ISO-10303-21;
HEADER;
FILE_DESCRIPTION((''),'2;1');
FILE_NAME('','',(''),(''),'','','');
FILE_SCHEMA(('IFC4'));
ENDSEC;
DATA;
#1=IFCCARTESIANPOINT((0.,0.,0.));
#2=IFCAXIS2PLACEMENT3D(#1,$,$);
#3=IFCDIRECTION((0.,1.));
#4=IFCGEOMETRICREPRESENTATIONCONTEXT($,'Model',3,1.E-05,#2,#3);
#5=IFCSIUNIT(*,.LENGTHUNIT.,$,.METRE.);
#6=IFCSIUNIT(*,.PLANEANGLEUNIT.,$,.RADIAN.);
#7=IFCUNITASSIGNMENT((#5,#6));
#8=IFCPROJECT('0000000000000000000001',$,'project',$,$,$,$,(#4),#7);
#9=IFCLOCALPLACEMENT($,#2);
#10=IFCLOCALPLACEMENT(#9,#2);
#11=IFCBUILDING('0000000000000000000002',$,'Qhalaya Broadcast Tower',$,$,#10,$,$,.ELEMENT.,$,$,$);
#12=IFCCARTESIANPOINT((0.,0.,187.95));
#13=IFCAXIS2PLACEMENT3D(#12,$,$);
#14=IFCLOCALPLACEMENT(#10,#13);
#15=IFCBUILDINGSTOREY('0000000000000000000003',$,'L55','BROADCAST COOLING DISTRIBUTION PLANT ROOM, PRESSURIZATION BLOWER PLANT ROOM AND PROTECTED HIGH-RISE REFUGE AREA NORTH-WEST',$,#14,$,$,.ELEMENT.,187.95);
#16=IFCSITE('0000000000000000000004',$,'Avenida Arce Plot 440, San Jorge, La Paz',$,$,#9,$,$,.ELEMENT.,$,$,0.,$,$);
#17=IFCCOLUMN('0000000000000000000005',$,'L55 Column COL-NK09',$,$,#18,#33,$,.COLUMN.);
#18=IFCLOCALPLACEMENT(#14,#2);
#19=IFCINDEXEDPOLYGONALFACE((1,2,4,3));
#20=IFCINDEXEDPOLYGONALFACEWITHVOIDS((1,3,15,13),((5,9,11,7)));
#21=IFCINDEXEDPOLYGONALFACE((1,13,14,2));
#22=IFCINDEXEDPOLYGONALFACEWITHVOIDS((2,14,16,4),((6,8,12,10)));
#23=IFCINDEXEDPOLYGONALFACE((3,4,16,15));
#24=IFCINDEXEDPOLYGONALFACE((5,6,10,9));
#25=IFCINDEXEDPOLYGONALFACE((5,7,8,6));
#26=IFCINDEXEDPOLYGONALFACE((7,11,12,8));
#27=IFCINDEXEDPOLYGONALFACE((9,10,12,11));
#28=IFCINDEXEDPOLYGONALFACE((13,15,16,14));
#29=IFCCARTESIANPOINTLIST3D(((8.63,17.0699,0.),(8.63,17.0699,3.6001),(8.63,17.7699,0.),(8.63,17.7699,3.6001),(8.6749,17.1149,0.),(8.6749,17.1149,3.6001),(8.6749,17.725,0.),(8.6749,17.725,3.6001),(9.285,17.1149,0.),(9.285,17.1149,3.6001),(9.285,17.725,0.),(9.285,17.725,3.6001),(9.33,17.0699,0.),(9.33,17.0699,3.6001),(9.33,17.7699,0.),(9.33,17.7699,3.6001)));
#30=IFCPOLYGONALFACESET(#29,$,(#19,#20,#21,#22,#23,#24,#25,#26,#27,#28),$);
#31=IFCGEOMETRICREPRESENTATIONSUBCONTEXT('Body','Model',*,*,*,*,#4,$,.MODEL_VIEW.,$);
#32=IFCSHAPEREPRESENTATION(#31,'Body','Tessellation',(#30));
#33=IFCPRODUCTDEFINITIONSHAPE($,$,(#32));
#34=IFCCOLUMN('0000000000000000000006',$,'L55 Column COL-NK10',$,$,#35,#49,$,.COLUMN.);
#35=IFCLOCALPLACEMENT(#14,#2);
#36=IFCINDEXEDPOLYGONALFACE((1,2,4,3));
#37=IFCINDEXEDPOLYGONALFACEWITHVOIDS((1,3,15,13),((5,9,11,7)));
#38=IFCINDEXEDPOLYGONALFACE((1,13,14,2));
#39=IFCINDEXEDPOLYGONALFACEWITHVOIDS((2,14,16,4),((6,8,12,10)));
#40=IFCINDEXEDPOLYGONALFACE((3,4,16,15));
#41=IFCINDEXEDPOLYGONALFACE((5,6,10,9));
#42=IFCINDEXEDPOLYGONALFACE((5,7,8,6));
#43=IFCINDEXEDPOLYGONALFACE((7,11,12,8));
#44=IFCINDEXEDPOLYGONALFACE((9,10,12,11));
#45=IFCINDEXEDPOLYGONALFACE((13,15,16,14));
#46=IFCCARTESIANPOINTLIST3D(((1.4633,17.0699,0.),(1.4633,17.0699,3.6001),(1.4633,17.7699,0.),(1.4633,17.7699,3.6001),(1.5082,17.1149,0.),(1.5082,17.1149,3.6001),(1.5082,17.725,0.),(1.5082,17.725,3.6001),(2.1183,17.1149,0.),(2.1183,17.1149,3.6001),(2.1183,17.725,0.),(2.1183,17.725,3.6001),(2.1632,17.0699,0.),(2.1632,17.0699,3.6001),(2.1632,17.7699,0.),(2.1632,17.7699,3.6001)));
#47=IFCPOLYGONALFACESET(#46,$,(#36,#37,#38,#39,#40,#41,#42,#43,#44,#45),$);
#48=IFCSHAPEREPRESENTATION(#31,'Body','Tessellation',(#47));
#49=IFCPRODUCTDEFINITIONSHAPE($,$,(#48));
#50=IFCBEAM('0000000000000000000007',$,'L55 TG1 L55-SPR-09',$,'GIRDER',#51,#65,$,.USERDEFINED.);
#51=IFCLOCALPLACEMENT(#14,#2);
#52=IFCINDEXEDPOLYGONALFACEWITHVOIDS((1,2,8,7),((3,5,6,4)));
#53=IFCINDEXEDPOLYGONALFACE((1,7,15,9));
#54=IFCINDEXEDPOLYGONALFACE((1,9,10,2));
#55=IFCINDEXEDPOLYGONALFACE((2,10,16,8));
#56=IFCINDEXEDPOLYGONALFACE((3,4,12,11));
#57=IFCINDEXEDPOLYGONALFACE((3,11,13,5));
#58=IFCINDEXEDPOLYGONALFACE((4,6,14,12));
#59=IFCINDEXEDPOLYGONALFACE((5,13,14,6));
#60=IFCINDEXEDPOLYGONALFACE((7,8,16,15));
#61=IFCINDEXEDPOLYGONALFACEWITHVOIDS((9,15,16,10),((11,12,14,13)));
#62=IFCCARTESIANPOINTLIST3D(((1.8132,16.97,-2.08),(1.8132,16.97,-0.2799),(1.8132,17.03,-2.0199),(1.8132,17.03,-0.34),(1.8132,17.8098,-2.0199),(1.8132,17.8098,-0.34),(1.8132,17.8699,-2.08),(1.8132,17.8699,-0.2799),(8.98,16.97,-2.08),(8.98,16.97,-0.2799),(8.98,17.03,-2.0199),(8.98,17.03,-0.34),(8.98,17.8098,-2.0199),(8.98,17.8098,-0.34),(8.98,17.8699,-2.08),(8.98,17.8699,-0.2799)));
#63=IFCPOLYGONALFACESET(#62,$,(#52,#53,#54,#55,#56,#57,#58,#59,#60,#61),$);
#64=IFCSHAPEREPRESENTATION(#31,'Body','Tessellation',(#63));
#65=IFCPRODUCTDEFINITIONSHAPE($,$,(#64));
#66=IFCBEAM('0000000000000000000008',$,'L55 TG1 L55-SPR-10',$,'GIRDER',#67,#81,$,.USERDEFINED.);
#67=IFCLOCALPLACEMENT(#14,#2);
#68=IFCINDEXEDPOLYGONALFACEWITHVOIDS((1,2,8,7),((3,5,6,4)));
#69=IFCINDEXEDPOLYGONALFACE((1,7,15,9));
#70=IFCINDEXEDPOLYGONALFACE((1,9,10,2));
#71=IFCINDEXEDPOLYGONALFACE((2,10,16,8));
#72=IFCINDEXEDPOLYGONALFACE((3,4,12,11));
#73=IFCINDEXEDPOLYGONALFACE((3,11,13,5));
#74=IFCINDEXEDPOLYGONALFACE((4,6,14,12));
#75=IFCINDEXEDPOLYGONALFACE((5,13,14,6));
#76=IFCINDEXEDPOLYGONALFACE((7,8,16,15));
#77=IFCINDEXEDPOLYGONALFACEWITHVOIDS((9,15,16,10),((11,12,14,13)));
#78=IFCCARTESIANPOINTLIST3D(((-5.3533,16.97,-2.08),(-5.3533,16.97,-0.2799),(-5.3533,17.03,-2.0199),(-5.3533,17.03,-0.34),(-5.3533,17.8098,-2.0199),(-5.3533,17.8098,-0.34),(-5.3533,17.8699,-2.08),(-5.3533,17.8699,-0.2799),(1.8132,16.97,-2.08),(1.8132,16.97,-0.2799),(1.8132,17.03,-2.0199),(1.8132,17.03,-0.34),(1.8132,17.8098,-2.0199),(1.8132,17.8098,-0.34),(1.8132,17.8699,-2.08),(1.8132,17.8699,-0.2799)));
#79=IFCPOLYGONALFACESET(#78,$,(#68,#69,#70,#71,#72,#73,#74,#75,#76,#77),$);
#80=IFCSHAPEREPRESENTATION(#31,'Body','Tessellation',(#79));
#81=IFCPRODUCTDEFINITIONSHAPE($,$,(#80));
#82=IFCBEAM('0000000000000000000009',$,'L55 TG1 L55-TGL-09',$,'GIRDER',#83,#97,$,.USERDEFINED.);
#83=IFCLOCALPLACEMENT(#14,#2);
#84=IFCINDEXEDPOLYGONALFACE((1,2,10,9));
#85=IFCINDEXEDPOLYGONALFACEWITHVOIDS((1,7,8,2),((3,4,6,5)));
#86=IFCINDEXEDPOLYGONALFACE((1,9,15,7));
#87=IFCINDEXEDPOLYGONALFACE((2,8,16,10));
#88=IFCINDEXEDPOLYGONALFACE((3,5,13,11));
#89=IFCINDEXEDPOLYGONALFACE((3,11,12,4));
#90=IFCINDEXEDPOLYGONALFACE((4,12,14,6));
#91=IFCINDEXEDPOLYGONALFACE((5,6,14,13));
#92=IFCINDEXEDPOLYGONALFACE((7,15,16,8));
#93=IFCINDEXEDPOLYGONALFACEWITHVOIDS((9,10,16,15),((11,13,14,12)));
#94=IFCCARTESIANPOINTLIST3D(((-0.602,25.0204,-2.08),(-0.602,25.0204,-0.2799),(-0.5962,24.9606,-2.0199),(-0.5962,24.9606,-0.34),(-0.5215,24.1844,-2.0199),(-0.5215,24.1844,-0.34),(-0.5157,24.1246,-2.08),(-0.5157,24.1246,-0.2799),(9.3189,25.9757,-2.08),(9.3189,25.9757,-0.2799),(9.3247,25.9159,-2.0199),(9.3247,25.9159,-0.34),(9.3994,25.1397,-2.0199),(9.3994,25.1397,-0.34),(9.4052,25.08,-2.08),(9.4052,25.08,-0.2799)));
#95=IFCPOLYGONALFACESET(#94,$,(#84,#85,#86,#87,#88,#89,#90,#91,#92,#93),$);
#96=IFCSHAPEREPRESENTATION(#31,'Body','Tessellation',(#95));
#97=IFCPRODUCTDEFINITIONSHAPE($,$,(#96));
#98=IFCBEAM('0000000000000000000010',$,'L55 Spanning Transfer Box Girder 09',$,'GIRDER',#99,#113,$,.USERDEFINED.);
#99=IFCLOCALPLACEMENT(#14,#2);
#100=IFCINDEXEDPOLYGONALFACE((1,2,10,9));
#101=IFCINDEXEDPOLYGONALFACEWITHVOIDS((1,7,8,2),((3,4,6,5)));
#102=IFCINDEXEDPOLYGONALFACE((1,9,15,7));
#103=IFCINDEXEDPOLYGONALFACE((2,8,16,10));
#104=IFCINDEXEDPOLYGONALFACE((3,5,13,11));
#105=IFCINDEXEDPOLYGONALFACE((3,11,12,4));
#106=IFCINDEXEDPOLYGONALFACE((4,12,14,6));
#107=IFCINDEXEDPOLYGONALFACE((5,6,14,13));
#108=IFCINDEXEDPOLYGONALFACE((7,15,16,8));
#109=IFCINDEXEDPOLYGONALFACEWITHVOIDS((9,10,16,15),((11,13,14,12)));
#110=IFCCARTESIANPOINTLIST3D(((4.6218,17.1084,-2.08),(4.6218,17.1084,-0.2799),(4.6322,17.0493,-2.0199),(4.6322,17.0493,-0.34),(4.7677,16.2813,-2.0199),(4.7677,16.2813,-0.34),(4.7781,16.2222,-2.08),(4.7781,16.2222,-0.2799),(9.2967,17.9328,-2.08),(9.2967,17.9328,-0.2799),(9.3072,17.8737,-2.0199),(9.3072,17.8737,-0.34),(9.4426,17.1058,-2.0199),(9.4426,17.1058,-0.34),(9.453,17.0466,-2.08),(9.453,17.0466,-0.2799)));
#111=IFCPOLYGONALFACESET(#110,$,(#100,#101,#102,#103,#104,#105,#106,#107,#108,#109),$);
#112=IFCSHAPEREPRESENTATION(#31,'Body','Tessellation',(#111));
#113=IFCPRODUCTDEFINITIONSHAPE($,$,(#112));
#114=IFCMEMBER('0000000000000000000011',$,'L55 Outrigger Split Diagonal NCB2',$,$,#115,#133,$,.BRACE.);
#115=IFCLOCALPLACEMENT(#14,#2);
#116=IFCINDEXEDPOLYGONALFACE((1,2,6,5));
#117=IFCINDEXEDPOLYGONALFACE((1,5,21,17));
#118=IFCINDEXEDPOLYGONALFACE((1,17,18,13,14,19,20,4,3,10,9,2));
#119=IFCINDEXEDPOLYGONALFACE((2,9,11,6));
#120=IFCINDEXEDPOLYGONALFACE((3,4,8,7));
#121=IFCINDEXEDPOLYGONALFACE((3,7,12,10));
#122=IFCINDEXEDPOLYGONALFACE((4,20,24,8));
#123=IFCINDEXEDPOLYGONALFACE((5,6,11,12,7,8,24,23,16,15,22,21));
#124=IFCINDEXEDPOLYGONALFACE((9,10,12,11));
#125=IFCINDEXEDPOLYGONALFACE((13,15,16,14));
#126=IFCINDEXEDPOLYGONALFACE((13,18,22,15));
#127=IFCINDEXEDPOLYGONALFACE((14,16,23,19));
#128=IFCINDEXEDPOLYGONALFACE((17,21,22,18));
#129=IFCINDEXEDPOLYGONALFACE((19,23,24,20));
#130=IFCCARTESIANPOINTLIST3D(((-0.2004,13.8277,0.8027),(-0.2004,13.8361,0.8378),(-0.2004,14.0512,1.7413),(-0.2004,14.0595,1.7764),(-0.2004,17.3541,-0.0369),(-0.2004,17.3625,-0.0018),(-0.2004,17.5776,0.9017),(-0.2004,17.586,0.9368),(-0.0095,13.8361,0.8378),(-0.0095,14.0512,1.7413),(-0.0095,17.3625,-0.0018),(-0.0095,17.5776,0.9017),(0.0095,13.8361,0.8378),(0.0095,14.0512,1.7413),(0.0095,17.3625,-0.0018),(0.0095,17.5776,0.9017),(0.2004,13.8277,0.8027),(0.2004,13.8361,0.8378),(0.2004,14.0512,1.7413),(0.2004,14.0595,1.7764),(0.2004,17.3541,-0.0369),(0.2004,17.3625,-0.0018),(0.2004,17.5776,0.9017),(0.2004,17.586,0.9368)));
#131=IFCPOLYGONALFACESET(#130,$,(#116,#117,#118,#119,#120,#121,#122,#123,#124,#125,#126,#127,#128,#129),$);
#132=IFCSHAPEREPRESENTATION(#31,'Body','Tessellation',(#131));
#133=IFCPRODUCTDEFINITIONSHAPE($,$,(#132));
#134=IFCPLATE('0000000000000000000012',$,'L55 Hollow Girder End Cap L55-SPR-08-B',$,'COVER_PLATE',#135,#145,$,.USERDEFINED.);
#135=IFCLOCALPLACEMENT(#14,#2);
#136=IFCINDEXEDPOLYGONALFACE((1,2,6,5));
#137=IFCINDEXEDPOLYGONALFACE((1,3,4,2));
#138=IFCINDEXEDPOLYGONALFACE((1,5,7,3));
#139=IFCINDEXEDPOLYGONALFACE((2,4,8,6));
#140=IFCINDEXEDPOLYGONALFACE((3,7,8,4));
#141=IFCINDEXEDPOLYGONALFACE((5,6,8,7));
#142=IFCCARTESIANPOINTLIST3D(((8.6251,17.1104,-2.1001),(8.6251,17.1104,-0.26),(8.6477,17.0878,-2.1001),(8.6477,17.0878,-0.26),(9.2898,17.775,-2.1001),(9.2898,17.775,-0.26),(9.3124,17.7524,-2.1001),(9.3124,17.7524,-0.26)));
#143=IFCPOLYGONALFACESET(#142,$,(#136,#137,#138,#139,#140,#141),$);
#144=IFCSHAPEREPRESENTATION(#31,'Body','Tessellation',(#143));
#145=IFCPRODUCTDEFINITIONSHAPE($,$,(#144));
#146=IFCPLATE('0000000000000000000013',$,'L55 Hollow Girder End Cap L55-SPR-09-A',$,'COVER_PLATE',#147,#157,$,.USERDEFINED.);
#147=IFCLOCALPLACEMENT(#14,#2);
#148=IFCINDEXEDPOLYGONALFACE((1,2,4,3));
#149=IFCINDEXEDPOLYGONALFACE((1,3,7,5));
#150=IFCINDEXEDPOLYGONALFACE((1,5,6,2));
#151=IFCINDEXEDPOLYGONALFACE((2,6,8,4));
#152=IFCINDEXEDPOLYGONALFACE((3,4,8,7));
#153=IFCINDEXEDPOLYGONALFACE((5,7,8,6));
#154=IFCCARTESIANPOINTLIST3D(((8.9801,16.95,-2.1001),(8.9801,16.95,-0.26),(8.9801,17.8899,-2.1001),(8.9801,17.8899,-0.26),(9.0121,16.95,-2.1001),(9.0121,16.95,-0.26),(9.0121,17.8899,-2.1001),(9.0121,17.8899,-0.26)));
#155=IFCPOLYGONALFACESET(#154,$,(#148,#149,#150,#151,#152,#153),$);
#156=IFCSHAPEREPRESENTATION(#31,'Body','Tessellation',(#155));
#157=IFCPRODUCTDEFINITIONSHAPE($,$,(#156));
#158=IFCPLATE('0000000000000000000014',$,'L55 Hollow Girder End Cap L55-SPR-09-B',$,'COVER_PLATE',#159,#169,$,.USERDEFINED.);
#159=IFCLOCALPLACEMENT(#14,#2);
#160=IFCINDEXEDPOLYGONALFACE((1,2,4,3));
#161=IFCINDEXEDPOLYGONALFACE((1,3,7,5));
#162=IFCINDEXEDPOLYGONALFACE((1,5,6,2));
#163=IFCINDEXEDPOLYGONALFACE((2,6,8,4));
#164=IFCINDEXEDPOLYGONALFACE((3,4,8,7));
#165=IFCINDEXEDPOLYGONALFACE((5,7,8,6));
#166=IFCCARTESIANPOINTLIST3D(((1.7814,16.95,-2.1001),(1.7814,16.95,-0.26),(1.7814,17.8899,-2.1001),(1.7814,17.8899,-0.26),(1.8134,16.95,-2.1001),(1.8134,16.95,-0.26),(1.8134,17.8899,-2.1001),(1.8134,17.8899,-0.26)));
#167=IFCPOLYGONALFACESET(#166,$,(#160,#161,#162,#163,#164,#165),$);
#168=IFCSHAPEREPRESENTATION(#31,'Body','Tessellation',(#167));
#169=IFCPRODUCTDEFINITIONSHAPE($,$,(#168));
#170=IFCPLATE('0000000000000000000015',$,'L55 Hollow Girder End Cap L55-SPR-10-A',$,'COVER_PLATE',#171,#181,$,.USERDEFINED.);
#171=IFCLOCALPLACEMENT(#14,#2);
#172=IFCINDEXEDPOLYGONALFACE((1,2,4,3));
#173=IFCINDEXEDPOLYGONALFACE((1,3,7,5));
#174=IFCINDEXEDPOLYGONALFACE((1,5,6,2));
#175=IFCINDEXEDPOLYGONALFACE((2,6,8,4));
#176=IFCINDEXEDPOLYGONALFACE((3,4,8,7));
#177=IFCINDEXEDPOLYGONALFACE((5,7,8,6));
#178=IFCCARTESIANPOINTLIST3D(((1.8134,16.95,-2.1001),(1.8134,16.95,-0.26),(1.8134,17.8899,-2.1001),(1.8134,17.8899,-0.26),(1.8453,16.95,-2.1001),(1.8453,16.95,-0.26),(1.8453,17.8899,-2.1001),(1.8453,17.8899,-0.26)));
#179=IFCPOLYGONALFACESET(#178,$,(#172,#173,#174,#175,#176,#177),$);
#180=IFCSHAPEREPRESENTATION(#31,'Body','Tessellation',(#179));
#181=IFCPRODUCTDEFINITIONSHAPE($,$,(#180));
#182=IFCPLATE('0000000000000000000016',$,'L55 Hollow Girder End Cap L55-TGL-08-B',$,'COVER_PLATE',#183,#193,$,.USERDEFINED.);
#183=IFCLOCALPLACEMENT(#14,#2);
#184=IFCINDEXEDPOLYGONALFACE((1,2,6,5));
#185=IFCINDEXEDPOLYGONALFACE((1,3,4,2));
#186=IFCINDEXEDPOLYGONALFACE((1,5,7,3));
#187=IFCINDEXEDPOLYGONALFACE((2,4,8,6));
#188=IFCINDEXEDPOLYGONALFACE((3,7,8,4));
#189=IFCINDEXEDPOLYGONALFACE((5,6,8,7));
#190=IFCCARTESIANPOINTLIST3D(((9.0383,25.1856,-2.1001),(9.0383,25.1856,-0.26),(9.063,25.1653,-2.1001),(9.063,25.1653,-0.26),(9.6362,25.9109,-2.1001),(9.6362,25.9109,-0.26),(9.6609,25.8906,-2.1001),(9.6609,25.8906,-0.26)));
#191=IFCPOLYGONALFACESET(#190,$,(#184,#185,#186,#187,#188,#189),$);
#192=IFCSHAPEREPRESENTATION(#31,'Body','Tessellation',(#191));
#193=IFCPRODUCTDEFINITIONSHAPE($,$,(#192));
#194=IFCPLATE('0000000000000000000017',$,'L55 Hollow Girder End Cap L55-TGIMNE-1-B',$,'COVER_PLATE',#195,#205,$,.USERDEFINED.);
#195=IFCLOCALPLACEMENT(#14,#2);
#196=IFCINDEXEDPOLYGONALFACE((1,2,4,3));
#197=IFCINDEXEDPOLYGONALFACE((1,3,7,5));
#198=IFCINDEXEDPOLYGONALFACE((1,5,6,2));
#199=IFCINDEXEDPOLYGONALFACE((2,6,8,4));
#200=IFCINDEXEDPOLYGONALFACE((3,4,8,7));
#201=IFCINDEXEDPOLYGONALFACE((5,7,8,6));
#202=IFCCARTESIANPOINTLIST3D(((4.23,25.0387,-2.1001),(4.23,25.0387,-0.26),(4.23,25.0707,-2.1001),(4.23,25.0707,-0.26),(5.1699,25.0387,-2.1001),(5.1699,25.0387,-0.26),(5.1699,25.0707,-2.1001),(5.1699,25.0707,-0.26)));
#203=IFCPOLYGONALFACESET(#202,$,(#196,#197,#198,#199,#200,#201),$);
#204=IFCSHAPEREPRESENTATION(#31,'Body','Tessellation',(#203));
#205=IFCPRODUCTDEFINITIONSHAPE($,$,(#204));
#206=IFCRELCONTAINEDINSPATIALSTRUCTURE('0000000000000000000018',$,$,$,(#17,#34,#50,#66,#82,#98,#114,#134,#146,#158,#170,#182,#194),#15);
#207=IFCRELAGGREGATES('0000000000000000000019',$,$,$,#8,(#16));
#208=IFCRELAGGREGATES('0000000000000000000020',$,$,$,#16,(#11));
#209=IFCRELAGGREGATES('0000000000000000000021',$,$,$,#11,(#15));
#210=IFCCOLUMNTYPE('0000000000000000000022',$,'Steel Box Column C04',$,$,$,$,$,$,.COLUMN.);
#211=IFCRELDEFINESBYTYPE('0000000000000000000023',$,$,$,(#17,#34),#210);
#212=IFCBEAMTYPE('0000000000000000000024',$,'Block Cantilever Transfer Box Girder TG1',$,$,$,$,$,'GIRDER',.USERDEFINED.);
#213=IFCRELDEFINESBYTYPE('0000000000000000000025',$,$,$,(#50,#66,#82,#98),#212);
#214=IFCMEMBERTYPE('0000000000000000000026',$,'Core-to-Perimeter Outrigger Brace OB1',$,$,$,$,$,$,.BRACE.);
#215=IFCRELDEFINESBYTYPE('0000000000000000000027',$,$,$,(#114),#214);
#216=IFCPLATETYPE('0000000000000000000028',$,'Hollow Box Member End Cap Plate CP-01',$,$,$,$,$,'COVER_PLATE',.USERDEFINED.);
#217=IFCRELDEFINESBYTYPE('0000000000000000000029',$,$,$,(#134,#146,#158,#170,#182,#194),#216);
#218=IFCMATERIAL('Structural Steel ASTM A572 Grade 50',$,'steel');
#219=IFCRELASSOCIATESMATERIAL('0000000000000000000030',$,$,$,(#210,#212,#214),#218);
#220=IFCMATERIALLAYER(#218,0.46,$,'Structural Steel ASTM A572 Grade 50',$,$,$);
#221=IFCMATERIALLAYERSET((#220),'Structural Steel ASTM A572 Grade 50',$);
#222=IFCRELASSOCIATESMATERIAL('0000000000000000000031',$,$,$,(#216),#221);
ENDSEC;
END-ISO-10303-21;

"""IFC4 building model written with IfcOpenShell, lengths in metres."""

from ifc_helpers import new_model, si_unit, direction, frame, origin, origin_2d, place, context, subcontext, project, spatial, rectangle, hollow_rectangle, i_section, extrude, material, layer, layer_set, material_profile, profile_set, type_object, element, save


model = new_model("IFC4")

# Units and contexts
model_context = context("Model", 3, precision=1e-05, world=origin(), true_north=direction((0.0, 1.0)))
body_context = subcontext(model_context, "Body", "Model", "MODEL_VIEW")
ifc_project = project(units=[si_unit("LENGTHUNIT", "METRE"), si_unit("PLANEANGLEUNIT", "RADIAN")], contexts=[model_context])

# Site, building, storey
site_placement = place(None, origin())
site = spatial("IfcSite", under=ifc_project, at=site_placement, Name="Avenida Arce Plot 440, San Jorge, La Paz", CompositionType="ELEMENT", RefElevation=0.0)
building_placement = place(site_placement, origin())
building = spatial("IfcBuilding", under=site, at=building_placement, Name="Qhalaya Broadcast Tower", CompositionType="ELEMENT")
storey_placement = place(building_placement, frame((0.0, 0.0, 187.95)))
storey = spatial("IfcBuildingStorey", under=building, at=storey_placement, Name="L55", Description="BROADCAST COOLING DISTRIBUTION PLANT ROOM, PRESSURIZATION BLOWER PLANT ROOM AND PROTECTED HIGH-RISE REFUGE AREA NORTH-WEST", CompositionType="ELEMENT", Elevation=187.95)

# Columns
ifc_material_1 = material(Name="Structural Steel ASTM A572 Grade 50", Category="steel")
ifc_material_profile_1 = material_profile(ifc_material_1, hollow_rectangle(XDim=0.7, YDim=0.7, WallThickness=0.0449, at=origin_2d()), Name="BOX 700x700x45")
ifc_profile_set_1 = profile_set([ifc_material_profile_1], Name="Structural Steel ASTM A572 Grade 50")
column_type = type_object("IfcColumnType", Name="Steel Box Column C04", PredefinedType="COLUMN", material=ifc_profile_set_1)
for number, where, z_axis, x_axis, name in (
    (1, (8.98, 17.4199, 0.0), (0.0, 0.0, 1.0), (1.0, 0.0, 0.0), "L55 Column COL-NK09"),
    (2, (1.8132, 17.4199, 0.0), (0.0, 0.0, 1.0), (1.0, 0.0, 0.0), "L55 Column COL-NK10"),
):
    element("IfcColumn", number, at=place(storey_placement, frame(where, z_axis=z_axis, x_axis=x_axis)), inside=storey, type_object=column_type, Name=name, PredefinedType="COLUMN", context=body_context, shape_type="SweptSolid", body=[
        extrude(hollow_rectangle(XDim=0.7, YDim=0.7, WallThickness=0.0449, at=origin_2d()), origin(), (0.0, 0.0, 1.0), 3.6001),
    ])

# Beams
ifc_material_profile_2 = material_profile(ifc_material_1, hollow_rectangle(XDim=0.8999, YDim=1.8, WallThickness=0.0601, at=origin_2d()), Name="BOX 900x1800x60")
ifc_profile_set_2 = profile_set([ifc_material_profile_2], Name="Structural Steel ASTM A572 Grade 50")
beam_type = type_object("IfcBeamType", Name="Block Cantilever Transfer Box Girder TG1", ElementType="GIRDER", PredefinedType="USERDEFINED", material=ifc_profile_set_2)
beam_1_placement = place(storey_placement, frame((8.98, 17.4199, -1.1799), z_axis=(-1.0, 0.0, 0.0), x_axis=(0.0, -1.0, 0.0)))
element("IfcBeam", 3, at=beam_1_placement, inside=storey, type_object=beam_type, Name="L55 TG1 L55-SPR-09", ObjectType="GIRDER", PredefinedType="USERDEFINED", context=body_context, shape_type="SweptSolid", body=[
    extrude(hollow_rectangle(XDim=0.8999, YDim=1.8, WallThickness=0.0601, at=origin_2d()), origin(), (0.0, 0.0, 1.0), 7.1667),
])
beam_2_placement = place(storey_placement, frame((1.8132, 17.4199, -1.1799), z_axis=(-1.0, 0.0, 0.0), x_axis=(0.0, -1.0, 0.0)))
element("IfcBeam", 4, at=beam_2_placement, inside=storey, type_object=beam_type, Name="L55 TG1 L55-SPR-10", ObjectType="GIRDER", PredefinedType="USERDEFINED", context=body_context, shape_type="SweptSolid", body=[
    extrude(hollow_rectangle(XDim=0.8999, YDim=1.8, WallThickness=0.0601, at=origin_2d()), origin(), (0.0, 0.0, 1.0), 7.1665),
])
beam_3_placement = place(storey_placement, frame((9.3621, 25.5278, -1.1799), z_axis=(-0.995396, -0.095851, 0.0), x_axis=(0.095851, -0.995396, 0.0)))
element("IfcBeam", 5, at=beam_3_placement, inside=storey, type_object=beam_type, Name="L55 TG1 L55-TGL-09", ObjectType="GIRDER", PredefinedType="USERDEFINED", context=body_context, shape_type="SweptSolid", body=[
    extrude(hollow_rectangle(XDim=0.8999, YDim=1.8, WallThickness=0.0601, at=origin_2d()), origin(), (0.0, 0.0, 1.0), 9.9668),
])
beam_4_placement = place(storey_placement, frame((4.7, 16.6653, -1.1799), z_axis=(0.984803, 0.173674, 0.0), x_axis=(-0.173674, 0.984803, 0.0)))
element("IfcBeam", 6, at=beam_4_placement, inside=storey, type_object=beam_type, Name="L55 Spanning Transfer Box Girder 09", ObjectType="GIRDER", PredefinedType="USERDEFINED", context=body_context, shape_type="SweptSolid", body=[
    extrude(hollow_rectangle(XDim=0.8999, YDim=1.8, WallThickness=0.0601, at=origin_2d()), origin(), (0.0, 0.0, 1.0), 4.7471),
])

# Member
ifc_material_profile_3 = material_profile(ifc_material_1, i_section(OverallWidth=0.4009, OverallDepth=1.001, WebThickness=0.019, FlangeThickness=0.0361, at=origin_2d()), Name="W40X249")
ifc_profile_set_3 = profile_set([ifc_material_profile_3], Name="Structural Steel ASTM A572 Grade 50")
member_type = type_object("IfcMemberType", Name="Core-to-Perimeter Outrigger Brace OB1", PredefinedType="BRACE", material=ifc_profile_set_3)
member_placement = place(storey_placement, frame((0.0, 13.9436, 1.2896), z_axis=(0.0, 0.972807, -0.231617), x_axis=(-1.0, 0.0, 0.0)))
element("IfcMember", 7, at=member_placement, inside=storey, type_object=member_type, Name="L55 Outrigger Split Diagonal NCB2", PredefinedType="BRACE", context=body_context, shape_type="SweptSolid", body=[
    extrude(i_section(OverallWidth=0.4009, OverallDepth=1.001, WebThickness=0.019, FlangeThickness=0.0361, at=origin_2d()), origin(), (0.0, 0.0, 1.0), 3.625),
])

# Plates
ifc_layer_1 = layer(ifc_material_1, 0.46, Name="Structural Steel ASTM A572 Grade 50")
ifc_layer_set_1 = layer_set([ifc_layer_1], Name="Structural Steel ASTM A572 Grade 50")
plate_type_1 = type_object("IfcPlateType", Name="Hollow Box Member End Cap Plate CP-01", ElementType="COVER_PLATE", PredefinedType="USERDEFINED", material=ifc_layer_set_1)
for number, where, z_axis, x_axis, name in (
    (8, (8.9688, 17.4314, -2.1001), (0.0, 0.0, 1.0), (-0.707107, -0.707107, 0.0), "L55 Hollow Girder End Cap L55-SPR-08-B"),
    (9, (8.9961, 17.4199, -2.1001), (0.0, 0.0, 1.0), (0.0, -1.0, 0.0), "L55 Hollow Girder End Cap L55-SPR-09-A"),
    (10, (1.7974, 17.4199, -2.1001), (0.0, 0.0, 1.0), (0.0, -1.0, 0.0), "L55 Hollow Girder End Cap L55-SPR-09-B"),
    (11, (1.8293, 17.4199, -2.1001), (0.0, 0.0, 1.0), (0.0, -1.0, 0.0), "L55 Hollow Girder End Cap L55-SPR-10-A"),
    (12, (9.3496, 25.5381, -2.1001), (0.0, 0.0, 1.0), (-0.636078, -0.771625, 0.0), "L55 Hollow Girder End Cap L55-TGL-08-B"),
    (13, (4.7, 25.0547, -2.1001), (0.0, 0.0, 1.0), (-1.0, 0.0, 0.0), "L55 Hollow Girder End Cap L55-TGIMNE-1-B"),
):
    element("IfcPlate", number, at=place(storey_placement, frame(where, z_axis=z_axis, x_axis=x_axis)), inside=storey, type_object=plate_type_1, Name=name, ObjectType="COVER_PLATE", PredefinedType="USERDEFINED", context=body_context, shape_type="SweptSolid", body=[
        extrude(rectangle(XDim=0.9399, YDim=0.032, at=origin_2d()), origin(), (0.0, 0.0, 1.0), 1.8401),
    ])

save(model, "model.ifc")
